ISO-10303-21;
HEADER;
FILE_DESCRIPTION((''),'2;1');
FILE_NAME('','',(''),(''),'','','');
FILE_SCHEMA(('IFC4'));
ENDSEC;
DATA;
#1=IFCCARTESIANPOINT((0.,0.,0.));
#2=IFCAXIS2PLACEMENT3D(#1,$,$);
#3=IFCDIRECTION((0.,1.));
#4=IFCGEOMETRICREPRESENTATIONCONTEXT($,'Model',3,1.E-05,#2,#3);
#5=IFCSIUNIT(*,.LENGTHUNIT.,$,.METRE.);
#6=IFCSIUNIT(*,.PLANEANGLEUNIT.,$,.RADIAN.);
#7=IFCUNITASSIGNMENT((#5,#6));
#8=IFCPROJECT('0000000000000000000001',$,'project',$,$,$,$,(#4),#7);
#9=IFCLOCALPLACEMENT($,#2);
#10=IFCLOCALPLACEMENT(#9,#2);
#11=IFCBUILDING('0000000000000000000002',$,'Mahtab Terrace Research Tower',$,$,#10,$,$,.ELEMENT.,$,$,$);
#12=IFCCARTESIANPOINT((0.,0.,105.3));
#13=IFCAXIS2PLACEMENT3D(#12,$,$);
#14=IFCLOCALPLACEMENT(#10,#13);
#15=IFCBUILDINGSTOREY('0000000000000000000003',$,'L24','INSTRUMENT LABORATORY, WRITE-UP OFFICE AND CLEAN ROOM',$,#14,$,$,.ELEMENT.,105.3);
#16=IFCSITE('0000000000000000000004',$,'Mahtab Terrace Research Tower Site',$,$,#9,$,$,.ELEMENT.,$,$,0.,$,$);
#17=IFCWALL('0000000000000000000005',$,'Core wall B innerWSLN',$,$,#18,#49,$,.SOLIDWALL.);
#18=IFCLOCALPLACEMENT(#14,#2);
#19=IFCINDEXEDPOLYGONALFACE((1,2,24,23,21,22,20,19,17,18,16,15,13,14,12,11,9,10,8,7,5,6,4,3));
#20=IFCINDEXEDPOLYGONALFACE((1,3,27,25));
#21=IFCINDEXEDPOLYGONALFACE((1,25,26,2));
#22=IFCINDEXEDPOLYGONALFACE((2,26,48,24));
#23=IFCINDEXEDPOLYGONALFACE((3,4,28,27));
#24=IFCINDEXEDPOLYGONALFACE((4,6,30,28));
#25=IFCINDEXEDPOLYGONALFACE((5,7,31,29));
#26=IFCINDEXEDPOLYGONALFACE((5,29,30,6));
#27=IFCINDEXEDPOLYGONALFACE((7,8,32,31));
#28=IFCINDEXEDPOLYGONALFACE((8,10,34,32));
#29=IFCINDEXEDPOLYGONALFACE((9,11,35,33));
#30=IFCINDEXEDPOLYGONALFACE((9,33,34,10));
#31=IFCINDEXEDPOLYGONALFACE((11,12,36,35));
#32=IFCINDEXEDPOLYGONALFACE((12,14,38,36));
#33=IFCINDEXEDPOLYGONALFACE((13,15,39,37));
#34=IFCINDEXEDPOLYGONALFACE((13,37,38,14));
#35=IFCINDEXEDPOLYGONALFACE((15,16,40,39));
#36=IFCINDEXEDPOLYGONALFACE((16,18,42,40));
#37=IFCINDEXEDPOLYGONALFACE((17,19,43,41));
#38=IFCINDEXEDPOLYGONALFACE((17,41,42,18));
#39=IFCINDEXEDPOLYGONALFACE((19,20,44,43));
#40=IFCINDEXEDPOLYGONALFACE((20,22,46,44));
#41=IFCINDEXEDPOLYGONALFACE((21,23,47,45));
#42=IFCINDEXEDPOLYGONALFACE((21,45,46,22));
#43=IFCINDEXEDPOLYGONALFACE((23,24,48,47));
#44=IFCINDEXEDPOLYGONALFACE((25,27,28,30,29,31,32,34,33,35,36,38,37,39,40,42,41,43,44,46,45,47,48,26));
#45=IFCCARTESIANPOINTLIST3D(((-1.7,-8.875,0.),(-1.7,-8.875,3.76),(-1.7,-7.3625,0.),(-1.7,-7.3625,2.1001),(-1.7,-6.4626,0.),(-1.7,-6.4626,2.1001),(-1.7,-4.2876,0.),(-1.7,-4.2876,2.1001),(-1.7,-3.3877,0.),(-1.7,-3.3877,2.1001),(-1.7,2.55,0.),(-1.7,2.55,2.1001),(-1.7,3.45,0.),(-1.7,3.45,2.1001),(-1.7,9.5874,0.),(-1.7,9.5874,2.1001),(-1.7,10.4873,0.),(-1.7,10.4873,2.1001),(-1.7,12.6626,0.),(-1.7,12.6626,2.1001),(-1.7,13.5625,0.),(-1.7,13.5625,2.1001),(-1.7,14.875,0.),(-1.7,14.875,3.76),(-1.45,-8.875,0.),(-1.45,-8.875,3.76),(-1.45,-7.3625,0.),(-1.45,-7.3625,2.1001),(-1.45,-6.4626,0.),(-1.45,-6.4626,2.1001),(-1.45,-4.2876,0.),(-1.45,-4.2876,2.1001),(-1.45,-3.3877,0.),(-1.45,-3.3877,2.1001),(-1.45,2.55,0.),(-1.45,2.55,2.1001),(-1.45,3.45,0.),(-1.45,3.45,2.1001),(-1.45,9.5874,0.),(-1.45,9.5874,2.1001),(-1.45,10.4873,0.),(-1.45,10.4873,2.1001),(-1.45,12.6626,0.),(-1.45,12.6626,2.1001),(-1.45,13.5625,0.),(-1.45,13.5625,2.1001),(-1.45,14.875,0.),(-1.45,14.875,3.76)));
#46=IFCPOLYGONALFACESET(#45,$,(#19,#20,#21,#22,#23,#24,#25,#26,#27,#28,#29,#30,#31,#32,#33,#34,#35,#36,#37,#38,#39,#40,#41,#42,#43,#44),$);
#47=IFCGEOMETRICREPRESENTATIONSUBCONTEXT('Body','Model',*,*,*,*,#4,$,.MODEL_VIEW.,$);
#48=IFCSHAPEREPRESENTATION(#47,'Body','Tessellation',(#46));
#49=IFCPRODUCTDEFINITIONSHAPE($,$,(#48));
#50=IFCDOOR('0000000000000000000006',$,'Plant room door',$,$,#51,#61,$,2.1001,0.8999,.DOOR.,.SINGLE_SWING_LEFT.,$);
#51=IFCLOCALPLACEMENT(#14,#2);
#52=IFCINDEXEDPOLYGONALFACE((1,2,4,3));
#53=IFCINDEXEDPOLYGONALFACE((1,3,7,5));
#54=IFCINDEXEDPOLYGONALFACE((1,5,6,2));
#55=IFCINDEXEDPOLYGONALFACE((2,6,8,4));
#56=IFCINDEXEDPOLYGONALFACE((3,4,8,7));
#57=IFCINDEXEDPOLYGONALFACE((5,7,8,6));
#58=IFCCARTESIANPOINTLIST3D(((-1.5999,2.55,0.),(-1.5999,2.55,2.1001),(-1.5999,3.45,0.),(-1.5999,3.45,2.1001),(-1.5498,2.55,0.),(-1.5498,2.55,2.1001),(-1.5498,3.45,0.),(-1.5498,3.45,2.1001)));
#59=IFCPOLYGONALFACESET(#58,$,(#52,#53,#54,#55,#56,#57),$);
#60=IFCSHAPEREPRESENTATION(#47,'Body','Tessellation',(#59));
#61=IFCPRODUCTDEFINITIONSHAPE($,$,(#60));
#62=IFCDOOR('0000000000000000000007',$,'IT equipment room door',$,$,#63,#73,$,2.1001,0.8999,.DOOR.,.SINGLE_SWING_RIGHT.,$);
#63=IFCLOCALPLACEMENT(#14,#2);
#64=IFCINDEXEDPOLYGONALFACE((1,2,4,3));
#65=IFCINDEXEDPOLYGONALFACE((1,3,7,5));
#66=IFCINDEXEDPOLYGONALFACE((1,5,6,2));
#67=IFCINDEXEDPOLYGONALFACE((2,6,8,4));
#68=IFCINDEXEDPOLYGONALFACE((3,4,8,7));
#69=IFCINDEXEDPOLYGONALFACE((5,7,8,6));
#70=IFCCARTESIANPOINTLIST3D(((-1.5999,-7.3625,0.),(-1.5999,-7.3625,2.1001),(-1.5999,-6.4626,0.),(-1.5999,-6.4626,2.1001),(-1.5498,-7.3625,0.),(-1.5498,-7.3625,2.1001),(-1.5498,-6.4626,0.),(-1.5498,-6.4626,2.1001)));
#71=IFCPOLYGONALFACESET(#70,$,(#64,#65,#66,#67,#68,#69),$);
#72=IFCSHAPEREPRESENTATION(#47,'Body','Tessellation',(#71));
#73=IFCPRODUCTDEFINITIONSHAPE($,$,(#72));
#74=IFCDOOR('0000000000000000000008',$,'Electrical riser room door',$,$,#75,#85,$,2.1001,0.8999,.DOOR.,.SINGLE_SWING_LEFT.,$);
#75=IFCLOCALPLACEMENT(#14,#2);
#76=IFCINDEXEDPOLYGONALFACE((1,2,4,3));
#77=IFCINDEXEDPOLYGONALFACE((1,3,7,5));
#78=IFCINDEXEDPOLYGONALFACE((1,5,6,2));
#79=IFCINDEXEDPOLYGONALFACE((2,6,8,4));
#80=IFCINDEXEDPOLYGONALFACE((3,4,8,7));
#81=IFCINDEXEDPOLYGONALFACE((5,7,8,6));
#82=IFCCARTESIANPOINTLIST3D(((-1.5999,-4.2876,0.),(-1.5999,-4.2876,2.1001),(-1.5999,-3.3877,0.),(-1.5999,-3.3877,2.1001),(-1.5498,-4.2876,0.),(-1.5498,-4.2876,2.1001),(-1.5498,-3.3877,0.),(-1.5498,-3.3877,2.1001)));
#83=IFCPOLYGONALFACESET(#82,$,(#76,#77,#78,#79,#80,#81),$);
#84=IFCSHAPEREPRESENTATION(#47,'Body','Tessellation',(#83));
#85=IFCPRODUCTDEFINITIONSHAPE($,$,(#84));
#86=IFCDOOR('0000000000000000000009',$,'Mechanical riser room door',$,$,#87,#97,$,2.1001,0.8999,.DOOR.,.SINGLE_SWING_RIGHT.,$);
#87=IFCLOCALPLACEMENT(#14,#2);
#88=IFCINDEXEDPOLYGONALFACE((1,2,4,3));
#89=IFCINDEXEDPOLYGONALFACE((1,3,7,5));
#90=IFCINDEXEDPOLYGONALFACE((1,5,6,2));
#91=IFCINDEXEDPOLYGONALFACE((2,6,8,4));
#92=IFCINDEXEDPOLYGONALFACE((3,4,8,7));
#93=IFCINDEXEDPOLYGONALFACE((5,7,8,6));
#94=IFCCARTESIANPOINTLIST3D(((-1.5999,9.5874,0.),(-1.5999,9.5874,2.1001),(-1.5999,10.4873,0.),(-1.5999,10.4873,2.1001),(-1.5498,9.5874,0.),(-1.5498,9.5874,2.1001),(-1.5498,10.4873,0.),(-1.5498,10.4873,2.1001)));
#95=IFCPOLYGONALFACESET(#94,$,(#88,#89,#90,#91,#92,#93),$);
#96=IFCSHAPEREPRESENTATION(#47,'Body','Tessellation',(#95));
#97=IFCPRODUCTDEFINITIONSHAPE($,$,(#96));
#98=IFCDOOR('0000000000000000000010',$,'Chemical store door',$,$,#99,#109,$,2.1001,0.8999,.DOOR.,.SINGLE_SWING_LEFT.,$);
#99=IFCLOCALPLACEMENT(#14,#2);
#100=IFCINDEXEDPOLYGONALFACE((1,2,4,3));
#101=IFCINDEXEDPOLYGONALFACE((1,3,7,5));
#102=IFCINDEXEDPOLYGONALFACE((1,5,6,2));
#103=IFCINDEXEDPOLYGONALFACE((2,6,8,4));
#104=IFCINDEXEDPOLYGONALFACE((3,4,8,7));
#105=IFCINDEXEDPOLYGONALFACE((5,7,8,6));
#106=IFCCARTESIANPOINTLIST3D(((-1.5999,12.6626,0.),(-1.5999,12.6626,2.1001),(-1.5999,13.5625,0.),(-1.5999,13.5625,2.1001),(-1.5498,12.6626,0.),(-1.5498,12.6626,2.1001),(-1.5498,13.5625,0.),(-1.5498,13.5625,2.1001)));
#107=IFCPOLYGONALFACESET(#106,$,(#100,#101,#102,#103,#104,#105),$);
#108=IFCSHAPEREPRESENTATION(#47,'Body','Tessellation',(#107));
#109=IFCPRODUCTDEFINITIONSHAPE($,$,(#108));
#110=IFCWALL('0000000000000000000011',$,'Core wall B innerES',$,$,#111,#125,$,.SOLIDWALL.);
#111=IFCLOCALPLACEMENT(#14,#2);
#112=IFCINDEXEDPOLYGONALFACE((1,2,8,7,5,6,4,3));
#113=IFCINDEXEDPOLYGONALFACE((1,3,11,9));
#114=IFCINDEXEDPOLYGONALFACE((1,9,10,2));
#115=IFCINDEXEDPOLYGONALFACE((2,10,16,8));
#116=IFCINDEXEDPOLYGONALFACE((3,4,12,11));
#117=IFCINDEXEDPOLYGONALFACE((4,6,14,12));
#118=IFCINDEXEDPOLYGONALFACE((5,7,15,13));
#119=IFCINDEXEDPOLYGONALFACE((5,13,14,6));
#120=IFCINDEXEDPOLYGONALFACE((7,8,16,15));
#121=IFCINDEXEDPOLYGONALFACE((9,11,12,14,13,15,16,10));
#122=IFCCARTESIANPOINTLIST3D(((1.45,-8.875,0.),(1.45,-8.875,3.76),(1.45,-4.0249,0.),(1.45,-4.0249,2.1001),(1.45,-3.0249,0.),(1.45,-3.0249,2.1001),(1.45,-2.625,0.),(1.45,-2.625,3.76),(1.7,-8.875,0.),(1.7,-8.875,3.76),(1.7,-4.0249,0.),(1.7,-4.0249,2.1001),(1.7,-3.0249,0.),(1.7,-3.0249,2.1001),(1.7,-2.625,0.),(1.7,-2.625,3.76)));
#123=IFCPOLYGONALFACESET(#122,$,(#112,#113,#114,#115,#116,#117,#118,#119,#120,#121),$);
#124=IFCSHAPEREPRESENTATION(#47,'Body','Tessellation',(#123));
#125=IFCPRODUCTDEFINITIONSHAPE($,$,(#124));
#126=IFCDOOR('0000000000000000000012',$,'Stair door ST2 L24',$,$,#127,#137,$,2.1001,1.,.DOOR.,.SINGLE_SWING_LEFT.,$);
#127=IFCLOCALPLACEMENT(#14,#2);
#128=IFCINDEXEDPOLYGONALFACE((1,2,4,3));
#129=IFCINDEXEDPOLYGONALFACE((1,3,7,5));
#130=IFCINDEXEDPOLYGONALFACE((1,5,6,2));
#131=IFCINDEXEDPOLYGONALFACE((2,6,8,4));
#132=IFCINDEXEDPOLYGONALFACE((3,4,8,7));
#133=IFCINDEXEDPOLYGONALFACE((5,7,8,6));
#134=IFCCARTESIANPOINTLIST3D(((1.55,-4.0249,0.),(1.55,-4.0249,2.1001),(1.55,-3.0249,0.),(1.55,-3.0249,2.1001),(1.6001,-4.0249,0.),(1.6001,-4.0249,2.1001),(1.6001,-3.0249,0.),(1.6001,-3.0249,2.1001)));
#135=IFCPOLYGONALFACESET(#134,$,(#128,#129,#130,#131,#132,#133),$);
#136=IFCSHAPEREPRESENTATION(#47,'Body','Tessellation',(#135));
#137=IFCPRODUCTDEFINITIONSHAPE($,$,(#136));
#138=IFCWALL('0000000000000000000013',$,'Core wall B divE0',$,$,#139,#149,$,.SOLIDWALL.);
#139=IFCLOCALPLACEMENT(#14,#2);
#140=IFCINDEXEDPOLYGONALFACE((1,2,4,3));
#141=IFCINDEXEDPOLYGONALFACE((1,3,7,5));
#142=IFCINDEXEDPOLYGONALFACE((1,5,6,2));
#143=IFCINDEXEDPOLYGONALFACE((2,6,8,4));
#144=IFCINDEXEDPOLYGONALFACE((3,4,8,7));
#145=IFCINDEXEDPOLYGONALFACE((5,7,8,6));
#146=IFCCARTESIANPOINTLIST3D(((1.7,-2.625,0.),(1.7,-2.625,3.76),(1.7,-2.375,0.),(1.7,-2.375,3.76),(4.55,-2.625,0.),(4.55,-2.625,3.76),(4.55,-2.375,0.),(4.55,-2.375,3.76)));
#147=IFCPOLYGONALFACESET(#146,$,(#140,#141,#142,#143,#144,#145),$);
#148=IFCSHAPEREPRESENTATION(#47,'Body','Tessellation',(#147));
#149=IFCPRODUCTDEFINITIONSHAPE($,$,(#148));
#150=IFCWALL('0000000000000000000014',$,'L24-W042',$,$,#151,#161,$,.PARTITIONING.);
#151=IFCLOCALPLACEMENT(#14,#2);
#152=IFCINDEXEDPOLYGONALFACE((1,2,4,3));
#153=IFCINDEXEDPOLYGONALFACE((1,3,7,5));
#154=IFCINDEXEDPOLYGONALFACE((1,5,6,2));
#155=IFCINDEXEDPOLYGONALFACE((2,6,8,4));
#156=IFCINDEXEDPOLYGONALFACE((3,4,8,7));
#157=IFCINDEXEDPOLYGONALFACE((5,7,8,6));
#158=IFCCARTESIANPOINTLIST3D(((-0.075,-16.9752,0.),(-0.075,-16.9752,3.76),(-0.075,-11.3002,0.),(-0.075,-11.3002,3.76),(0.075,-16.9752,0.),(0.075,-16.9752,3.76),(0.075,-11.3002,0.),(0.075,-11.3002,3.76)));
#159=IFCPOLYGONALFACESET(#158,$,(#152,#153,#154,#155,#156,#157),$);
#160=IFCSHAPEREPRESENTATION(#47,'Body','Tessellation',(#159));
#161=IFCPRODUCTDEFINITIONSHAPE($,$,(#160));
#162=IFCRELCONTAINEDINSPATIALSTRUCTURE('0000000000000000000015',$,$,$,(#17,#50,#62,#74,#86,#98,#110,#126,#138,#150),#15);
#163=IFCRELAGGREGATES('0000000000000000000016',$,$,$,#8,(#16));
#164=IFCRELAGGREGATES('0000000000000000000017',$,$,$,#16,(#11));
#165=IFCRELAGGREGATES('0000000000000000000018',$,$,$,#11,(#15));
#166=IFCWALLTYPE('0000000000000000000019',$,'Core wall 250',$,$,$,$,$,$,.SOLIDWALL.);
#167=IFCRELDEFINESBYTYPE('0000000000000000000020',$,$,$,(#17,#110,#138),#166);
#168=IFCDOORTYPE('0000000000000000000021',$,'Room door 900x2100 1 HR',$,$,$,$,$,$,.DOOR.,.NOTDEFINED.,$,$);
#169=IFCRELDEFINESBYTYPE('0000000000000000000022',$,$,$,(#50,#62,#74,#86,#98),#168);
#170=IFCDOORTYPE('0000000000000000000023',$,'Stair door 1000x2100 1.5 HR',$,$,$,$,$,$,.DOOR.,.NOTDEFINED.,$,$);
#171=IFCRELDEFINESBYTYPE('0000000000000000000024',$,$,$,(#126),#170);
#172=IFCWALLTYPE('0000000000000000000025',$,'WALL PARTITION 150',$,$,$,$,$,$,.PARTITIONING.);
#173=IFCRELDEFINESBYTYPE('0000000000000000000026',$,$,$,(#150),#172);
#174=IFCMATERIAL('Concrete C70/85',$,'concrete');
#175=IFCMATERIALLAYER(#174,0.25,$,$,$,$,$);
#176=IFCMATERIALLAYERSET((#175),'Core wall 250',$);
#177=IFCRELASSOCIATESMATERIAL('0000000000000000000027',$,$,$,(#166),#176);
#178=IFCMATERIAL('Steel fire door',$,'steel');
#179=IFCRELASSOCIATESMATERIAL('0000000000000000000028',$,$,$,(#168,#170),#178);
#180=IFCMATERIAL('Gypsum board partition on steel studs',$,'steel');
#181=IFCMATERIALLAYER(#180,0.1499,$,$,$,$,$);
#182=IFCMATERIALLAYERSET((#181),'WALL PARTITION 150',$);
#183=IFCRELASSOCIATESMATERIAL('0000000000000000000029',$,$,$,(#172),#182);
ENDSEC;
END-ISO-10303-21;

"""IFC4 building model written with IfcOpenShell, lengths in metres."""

from ifc_helpers import new_model, si_unit, direction, frame, frame_2d, origin, place, context, subcontext, project, spatial, rectangle, extrude, material, layer, layer_set, type_object, element, fill, save


model = new_model("IFC4")

# Units and contexts
model_context = context("Model", 3, precision=1e-05, world=origin(), true_north=direction((0.0, 1.0)))
body_context = subcontext(model_context, "Body", "Model", "MODEL_VIEW")
ifc_project = project(units=[si_unit("LENGTHUNIT", "METRE"), si_unit("PLANEANGLEUNIT", "RADIAN")], contexts=[model_context])

# Site, building, storey
site_placement = place(None, origin())
site = spatial("IfcSite", under=ifc_project, at=site_placement, Name="Mahtab Terrace Research Tower Site", CompositionType="ELEMENT", RefElevation=0.0)
building_placement = place(site_placement, origin())
building = spatial("IfcBuilding", under=site, at=building_placement, Name="Mahtab Terrace Research Tower", CompositionType="ELEMENT")
storey_placement = place(building_placement, frame((0.0, 0.0, 105.3)))
storey = spatial("IfcBuildingStorey", under=building, at=storey_placement, Name="L24", Description="INSTRUMENT LABORATORY, WRITE-UP OFFICE AND CLEAN ROOM", CompositionType="ELEMENT", Elevation=105.3)

# Wall, openings, doors
ifc_material_1 = material(Name="Concrete C70/85", Category="concrete")
ifc_layer_1 = layer(ifc_material_1, 0.25)
ifc_layer_set_1 = layer_set([ifc_layer_1], Name="Core wall 250")
wall_type_1 = type_object("IfcWallType", Name="Core wall 250", PredefinedType="SOLIDWALL", material=ifc_layer_set_1)
wall_1_placement = place(storey_placement, frame((-1.575, -8.875, 0.0), z_axis=(0.0, 0.0, 1.0), x_axis=(0.0, 1.0, 0.0)))
wall_1 = element("IfcWall", 1, at=wall_1_placement, inside=storey, type_object=wall_type_1, Name="Core wall B innerWSLN", PredefinedType="SOLIDWALL", context=body_context, shape_type="SweptSolid", body=[
    extrude(rectangle(XDim=23.75, YDim=0.25, at=frame_2d((11.875, 0.0))), origin(), (0.0, 0.0, 1.0), 3.76),
])
opening_1_placement = place(wall_1_placement, frame((11.425, 0.0, 0.0)))
opening_1 = element("IfcOpeningElement", 2, at=opening_1_placement, cuts=wall_1, PredefinedType="OPENING", context=body_context, shape_type="SweptSolid", body=[
    extrude(rectangle(XDim=0.8999, YDim=2.1001, at=frame_2d((0.45, 1.05))), frame((0.0, 0.135, 0.0), z_axis=(0.0, -1.0, 0.0), x_axis=(1.0, 0.0, 0.0)), (0.0, 0.0, 1.0), 0.27),
])
opening_2_placement = place(wall_1_placement, frame((1.5125, 0.0, 0.0)))
opening_2 = element("IfcOpeningElement", 3, at=opening_2_placement, cuts=wall_1, PredefinedType="OPENING", context=body_context, shape_type="SweptSolid", body=[
    extrude(rectangle(XDim=0.8999, YDim=2.1001, at=frame_2d((0.45, 1.05))), frame((0.0, 0.135, 0.0), z_axis=(0.0, -1.0, 0.0), x_axis=(1.0, 0.0, 0.0)), (0.0, 0.0, 1.0), 0.27),
])
opening_3_placement = place(wall_1_placement, frame((4.5874, 0.0, 0.0)))
opening_3 = element("IfcOpeningElement", 4, at=opening_3_placement, cuts=wall_1, PredefinedType="OPENING", context=body_context, shape_type="SweptSolid", body=[
    extrude(rectangle(XDim=0.8999, YDim=2.1001, at=frame_2d((0.45, 1.05))), frame((0.0, 0.135, 0.0), z_axis=(0.0, -1.0, 0.0), x_axis=(1.0, 0.0, 0.0)), (0.0, 0.0, 1.0), 0.27),
])
opening_4_placement = place(wall_1_placement, frame((18.4624, 0.0, 0.0)))
opening_4 = element("IfcOpeningElement", 5, at=opening_4_placement, cuts=wall_1, PredefinedType="OPENING", context=body_context, shape_type="SweptSolid", body=[
    extrude(rectangle(XDim=0.8999, YDim=2.1001, at=frame_2d((0.45, 1.05))), frame((0.0, 0.135, 0.0), z_axis=(0.0, -1.0, 0.0), x_axis=(1.0, 0.0, 0.0)), (0.0, 0.0, 1.0), 0.27),
])
opening_5_placement = place(wall_1_placement, frame((21.5376, 0.0, 0.0)))
opening_5 = element("IfcOpeningElement", 6, at=opening_5_placement, cuts=wall_1, PredefinedType="OPENING", context=body_context, shape_type="SweptSolid", body=[
    extrude(rectangle(XDim=0.8999, YDim=2.1001, at=frame_2d((0.45, 1.05))), frame((0.0, 0.135, 0.0), z_axis=(0.0, -1.0, 0.0), x_axis=(1.0, 0.0, 0.0)), (0.0, 0.0, 1.0), 0.27),
])
ifc_material_2 = material(Name="Steel fire door", Category="steel")
door_type_1 = type_object("IfcDoorType", Name="Room door 900x2100 1 HR", OperationType="NOTDEFINED", PredefinedType="DOOR", material=ifc_material_2)
door_1_placement = place(opening_1_placement, origin())
door_1 = element("IfcDoor", 7, at=door_1_placement, inside=storey, type_object=door_type_1, Name="Plant room door", OperationType="SINGLE_SWING_LEFT", OverallHeight=2.1001, OverallWidth=0.8999, PredefinedType="DOOR", context=body_context, shape_type="SweptSolid", body=[
    extrude(rectangle(XDim=0.8999, YDim=2.1001, at=frame_2d((0.45, 1.05))), frame((0.0, 0.0249, 0.0), z_axis=(0.0, -1.0, 0.0), x_axis=(1.0, 0.0, 0.0)), (0.0, 0.0, 1.0), 0.05),
])
fill(opening_1, door_1)
door_2_placement = place(opening_2_placement, origin())
door_2 = element("IfcDoor", 8, at=door_2_placement, inside=storey, type_object=door_type_1, Name="IT equipment room door", OperationType="SINGLE_SWING_RIGHT", OverallHeight=2.1001, OverallWidth=0.8999, PredefinedType="DOOR", context=body_context, shape_type="SweptSolid", body=[
    extrude(rectangle(XDim=0.8999, YDim=2.1001, at=frame_2d((0.45, 1.05))), frame((0.0, 0.0249, 0.0), z_axis=(0.0, -1.0, 0.0), x_axis=(1.0, 0.0, 0.0)), (0.0, 0.0, 1.0), 0.05),
])
fill(opening_2, door_2)
door_3_placement = place(opening_3_placement, origin())
door_3 = element("IfcDoor", 9, at=door_3_placement, inside=storey, type_object=door_type_1, Name="Electrical riser room door", OperationType="SINGLE_SWING_LEFT", OverallHeight=2.1001, OverallWidth=0.8999, PredefinedType="DOOR", context=body_context, shape_type="SweptSolid", body=[
    extrude(rectangle(XDim=0.8999, YDim=2.1001, at=frame_2d((0.45, 1.05))), frame((0.0, 0.0249, 0.0), z_axis=(0.0, -1.0, 0.0), x_axis=(1.0, 0.0, 0.0)), (0.0, 0.0, 1.0), 0.05),
])
fill(opening_3, door_3)
door_4_placement = place(opening_4_placement, origin())
door_4 = element("IfcDoor", 10, at=door_4_placement, inside=storey, type_object=door_type_1, Name="Mechanical riser room door", OperationType="SINGLE_SWING_RIGHT", OverallHeight=2.1001, OverallWidth=0.8999, PredefinedType="DOOR", context=body_context, shape_type="SweptSolid", body=[
    extrude(rectangle(XDim=0.8999, YDim=2.1001, at=frame_2d((0.45, 1.05))), frame((0.0, 0.0249, 0.0), z_axis=(0.0, -1.0, 0.0), x_axis=(1.0, 0.0, 0.0)), (0.0, 0.0, 1.0), 0.05),
])
fill(opening_4, door_4)
door_5_placement = place(opening_5_placement, origin())
door_5 = element("IfcDoor", 11, at=door_5_placement, inside=storey, type_object=door_type_1, Name="Chemical store door", OperationType="SINGLE_SWING_LEFT", OverallHeight=2.1001, OverallWidth=0.8999, PredefinedType="DOOR", context=body_context, shape_type="SweptSolid", body=[
    extrude(rectangle(XDim=0.8999, YDim=2.1001, at=frame_2d((0.45, 1.05))), frame((0.0, 0.0249, 0.0), z_axis=(0.0, -1.0, 0.0), x_axis=(1.0, 0.0, 0.0)), (0.0, 0.0, 1.0), 0.05),
])
fill(opening_5, door_5)

# Wall, opening, door
wall_2_placement = place(storey_placement, frame((1.575, -8.875, 0.0), z_axis=(0.0, 0.0, 1.0), x_axis=(0.0, 1.0, 0.0)))
wall_2 = element("IfcWall", 12, at=wall_2_placement, inside=storey, type_object=wall_type_1, Name="Core wall B innerES", PredefinedType="SOLIDWALL", context=body_context, shape_type="SweptSolid", body=[
    extrude(rectangle(XDim=6.25, YDim=0.25, at=frame_2d((3.125, 0.0))), origin(), (0.0, 0.0, 1.0), 3.76),
])
opening_6_placement = place(wall_2_placement, frame((4.8501, 0.0, 0.0)))
opening_6 = element("IfcOpeningElement", 13, at=opening_6_placement, cuts=wall_2, PredefinedType="OPENING", context=body_context, shape_type="SweptSolid", body=[
    extrude(rectangle(XDim=1.0, YDim=2.1001, at=frame_2d((0.5, 1.05))), frame((0.0, 0.135, 0.0), z_axis=(0.0, -1.0, 0.0), x_axis=(1.0, 0.0, 0.0)), (0.0, 0.0, 1.0), 0.27),
])
door_type_2 = type_object("IfcDoorType", Name="Stair door 1000x2100 1.5 HR", OperationType="NOTDEFINED", PredefinedType="DOOR", material=ifc_material_2)
door_6_placement = place(opening_6_placement, origin())
door_6 = element("IfcDoor", 14, at=door_6_placement, inside=storey, type_object=door_type_2, Name="Stair door ST2 L24", OperationType="SINGLE_SWING_LEFT", OverallHeight=2.1001, OverallWidth=1.0, PredefinedType="DOOR", context=body_context, shape_type="SweptSolid", body=[
    extrude(rectangle(XDim=1.0, YDim=2.1001, at=frame_2d((0.5, 1.05))), frame((0.0, 0.0249, 0.0), z_axis=(0.0, -1.0, 0.0), x_axis=(1.0, 0.0, 0.0)), (0.0, 0.0, 1.0), 0.05),
])
fill(opening_6, door_6)

# Walls
wall_3_placement = place(storey_placement, frame((1.7, -2.5, 0.0), z_axis=(0.0, 0.0, 1.0), x_axis=(1.0, 0.0, 0.0)))
element("IfcWall", 15, at=wall_3_placement, inside=storey, type_object=wall_type_1, Name="Core wall B divE0", PredefinedType="SOLIDWALL", context=body_context, shape_type="SweptSolid", body=[
    extrude(rectangle(XDim=2.8501, YDim=0.25, at=frame_2d((1.425, 0.0))), origin(), (0.0, 0.0, 1.0), 3.76),
])
ifc_material_3 = material(Name="Gypsum board partition on steel studs", Category="steel")
ifc_layer_2 = layer(ifc_material_3, 0.1499)
ifc_layer_set_2 = layer_set([ifc_layer_2], Name="WALL PARTITION 150")
wall_type_2 = type_object("IfcWallType", Name="WALL PARTITION 150", PredefinedType="PARTITIONING", material=ifc_layer_set_2)
wall_4_placement = place(storey_placement, frame((0.0, -16.9751, 0.0), z_axis=(0.0, 0.0, 1.0), x_axis=(0.0, 1.0, 0.0)))
element("IfcWall", 16, at=wall_4_placement, inside=storey, type_object=wall_type_2, Name="L24-W042", PredefinedType="PARTITIONING", context=body_context, shape_type="SweptSolid", body=[
    extrude(rectangle(XDim=5.675, YDim=0.1499, at=frame_2d((2.8374, 0.0))), origin(), (0.0, 0.0, 1.0), 3.76),
])

save(model, "model.ifc")
